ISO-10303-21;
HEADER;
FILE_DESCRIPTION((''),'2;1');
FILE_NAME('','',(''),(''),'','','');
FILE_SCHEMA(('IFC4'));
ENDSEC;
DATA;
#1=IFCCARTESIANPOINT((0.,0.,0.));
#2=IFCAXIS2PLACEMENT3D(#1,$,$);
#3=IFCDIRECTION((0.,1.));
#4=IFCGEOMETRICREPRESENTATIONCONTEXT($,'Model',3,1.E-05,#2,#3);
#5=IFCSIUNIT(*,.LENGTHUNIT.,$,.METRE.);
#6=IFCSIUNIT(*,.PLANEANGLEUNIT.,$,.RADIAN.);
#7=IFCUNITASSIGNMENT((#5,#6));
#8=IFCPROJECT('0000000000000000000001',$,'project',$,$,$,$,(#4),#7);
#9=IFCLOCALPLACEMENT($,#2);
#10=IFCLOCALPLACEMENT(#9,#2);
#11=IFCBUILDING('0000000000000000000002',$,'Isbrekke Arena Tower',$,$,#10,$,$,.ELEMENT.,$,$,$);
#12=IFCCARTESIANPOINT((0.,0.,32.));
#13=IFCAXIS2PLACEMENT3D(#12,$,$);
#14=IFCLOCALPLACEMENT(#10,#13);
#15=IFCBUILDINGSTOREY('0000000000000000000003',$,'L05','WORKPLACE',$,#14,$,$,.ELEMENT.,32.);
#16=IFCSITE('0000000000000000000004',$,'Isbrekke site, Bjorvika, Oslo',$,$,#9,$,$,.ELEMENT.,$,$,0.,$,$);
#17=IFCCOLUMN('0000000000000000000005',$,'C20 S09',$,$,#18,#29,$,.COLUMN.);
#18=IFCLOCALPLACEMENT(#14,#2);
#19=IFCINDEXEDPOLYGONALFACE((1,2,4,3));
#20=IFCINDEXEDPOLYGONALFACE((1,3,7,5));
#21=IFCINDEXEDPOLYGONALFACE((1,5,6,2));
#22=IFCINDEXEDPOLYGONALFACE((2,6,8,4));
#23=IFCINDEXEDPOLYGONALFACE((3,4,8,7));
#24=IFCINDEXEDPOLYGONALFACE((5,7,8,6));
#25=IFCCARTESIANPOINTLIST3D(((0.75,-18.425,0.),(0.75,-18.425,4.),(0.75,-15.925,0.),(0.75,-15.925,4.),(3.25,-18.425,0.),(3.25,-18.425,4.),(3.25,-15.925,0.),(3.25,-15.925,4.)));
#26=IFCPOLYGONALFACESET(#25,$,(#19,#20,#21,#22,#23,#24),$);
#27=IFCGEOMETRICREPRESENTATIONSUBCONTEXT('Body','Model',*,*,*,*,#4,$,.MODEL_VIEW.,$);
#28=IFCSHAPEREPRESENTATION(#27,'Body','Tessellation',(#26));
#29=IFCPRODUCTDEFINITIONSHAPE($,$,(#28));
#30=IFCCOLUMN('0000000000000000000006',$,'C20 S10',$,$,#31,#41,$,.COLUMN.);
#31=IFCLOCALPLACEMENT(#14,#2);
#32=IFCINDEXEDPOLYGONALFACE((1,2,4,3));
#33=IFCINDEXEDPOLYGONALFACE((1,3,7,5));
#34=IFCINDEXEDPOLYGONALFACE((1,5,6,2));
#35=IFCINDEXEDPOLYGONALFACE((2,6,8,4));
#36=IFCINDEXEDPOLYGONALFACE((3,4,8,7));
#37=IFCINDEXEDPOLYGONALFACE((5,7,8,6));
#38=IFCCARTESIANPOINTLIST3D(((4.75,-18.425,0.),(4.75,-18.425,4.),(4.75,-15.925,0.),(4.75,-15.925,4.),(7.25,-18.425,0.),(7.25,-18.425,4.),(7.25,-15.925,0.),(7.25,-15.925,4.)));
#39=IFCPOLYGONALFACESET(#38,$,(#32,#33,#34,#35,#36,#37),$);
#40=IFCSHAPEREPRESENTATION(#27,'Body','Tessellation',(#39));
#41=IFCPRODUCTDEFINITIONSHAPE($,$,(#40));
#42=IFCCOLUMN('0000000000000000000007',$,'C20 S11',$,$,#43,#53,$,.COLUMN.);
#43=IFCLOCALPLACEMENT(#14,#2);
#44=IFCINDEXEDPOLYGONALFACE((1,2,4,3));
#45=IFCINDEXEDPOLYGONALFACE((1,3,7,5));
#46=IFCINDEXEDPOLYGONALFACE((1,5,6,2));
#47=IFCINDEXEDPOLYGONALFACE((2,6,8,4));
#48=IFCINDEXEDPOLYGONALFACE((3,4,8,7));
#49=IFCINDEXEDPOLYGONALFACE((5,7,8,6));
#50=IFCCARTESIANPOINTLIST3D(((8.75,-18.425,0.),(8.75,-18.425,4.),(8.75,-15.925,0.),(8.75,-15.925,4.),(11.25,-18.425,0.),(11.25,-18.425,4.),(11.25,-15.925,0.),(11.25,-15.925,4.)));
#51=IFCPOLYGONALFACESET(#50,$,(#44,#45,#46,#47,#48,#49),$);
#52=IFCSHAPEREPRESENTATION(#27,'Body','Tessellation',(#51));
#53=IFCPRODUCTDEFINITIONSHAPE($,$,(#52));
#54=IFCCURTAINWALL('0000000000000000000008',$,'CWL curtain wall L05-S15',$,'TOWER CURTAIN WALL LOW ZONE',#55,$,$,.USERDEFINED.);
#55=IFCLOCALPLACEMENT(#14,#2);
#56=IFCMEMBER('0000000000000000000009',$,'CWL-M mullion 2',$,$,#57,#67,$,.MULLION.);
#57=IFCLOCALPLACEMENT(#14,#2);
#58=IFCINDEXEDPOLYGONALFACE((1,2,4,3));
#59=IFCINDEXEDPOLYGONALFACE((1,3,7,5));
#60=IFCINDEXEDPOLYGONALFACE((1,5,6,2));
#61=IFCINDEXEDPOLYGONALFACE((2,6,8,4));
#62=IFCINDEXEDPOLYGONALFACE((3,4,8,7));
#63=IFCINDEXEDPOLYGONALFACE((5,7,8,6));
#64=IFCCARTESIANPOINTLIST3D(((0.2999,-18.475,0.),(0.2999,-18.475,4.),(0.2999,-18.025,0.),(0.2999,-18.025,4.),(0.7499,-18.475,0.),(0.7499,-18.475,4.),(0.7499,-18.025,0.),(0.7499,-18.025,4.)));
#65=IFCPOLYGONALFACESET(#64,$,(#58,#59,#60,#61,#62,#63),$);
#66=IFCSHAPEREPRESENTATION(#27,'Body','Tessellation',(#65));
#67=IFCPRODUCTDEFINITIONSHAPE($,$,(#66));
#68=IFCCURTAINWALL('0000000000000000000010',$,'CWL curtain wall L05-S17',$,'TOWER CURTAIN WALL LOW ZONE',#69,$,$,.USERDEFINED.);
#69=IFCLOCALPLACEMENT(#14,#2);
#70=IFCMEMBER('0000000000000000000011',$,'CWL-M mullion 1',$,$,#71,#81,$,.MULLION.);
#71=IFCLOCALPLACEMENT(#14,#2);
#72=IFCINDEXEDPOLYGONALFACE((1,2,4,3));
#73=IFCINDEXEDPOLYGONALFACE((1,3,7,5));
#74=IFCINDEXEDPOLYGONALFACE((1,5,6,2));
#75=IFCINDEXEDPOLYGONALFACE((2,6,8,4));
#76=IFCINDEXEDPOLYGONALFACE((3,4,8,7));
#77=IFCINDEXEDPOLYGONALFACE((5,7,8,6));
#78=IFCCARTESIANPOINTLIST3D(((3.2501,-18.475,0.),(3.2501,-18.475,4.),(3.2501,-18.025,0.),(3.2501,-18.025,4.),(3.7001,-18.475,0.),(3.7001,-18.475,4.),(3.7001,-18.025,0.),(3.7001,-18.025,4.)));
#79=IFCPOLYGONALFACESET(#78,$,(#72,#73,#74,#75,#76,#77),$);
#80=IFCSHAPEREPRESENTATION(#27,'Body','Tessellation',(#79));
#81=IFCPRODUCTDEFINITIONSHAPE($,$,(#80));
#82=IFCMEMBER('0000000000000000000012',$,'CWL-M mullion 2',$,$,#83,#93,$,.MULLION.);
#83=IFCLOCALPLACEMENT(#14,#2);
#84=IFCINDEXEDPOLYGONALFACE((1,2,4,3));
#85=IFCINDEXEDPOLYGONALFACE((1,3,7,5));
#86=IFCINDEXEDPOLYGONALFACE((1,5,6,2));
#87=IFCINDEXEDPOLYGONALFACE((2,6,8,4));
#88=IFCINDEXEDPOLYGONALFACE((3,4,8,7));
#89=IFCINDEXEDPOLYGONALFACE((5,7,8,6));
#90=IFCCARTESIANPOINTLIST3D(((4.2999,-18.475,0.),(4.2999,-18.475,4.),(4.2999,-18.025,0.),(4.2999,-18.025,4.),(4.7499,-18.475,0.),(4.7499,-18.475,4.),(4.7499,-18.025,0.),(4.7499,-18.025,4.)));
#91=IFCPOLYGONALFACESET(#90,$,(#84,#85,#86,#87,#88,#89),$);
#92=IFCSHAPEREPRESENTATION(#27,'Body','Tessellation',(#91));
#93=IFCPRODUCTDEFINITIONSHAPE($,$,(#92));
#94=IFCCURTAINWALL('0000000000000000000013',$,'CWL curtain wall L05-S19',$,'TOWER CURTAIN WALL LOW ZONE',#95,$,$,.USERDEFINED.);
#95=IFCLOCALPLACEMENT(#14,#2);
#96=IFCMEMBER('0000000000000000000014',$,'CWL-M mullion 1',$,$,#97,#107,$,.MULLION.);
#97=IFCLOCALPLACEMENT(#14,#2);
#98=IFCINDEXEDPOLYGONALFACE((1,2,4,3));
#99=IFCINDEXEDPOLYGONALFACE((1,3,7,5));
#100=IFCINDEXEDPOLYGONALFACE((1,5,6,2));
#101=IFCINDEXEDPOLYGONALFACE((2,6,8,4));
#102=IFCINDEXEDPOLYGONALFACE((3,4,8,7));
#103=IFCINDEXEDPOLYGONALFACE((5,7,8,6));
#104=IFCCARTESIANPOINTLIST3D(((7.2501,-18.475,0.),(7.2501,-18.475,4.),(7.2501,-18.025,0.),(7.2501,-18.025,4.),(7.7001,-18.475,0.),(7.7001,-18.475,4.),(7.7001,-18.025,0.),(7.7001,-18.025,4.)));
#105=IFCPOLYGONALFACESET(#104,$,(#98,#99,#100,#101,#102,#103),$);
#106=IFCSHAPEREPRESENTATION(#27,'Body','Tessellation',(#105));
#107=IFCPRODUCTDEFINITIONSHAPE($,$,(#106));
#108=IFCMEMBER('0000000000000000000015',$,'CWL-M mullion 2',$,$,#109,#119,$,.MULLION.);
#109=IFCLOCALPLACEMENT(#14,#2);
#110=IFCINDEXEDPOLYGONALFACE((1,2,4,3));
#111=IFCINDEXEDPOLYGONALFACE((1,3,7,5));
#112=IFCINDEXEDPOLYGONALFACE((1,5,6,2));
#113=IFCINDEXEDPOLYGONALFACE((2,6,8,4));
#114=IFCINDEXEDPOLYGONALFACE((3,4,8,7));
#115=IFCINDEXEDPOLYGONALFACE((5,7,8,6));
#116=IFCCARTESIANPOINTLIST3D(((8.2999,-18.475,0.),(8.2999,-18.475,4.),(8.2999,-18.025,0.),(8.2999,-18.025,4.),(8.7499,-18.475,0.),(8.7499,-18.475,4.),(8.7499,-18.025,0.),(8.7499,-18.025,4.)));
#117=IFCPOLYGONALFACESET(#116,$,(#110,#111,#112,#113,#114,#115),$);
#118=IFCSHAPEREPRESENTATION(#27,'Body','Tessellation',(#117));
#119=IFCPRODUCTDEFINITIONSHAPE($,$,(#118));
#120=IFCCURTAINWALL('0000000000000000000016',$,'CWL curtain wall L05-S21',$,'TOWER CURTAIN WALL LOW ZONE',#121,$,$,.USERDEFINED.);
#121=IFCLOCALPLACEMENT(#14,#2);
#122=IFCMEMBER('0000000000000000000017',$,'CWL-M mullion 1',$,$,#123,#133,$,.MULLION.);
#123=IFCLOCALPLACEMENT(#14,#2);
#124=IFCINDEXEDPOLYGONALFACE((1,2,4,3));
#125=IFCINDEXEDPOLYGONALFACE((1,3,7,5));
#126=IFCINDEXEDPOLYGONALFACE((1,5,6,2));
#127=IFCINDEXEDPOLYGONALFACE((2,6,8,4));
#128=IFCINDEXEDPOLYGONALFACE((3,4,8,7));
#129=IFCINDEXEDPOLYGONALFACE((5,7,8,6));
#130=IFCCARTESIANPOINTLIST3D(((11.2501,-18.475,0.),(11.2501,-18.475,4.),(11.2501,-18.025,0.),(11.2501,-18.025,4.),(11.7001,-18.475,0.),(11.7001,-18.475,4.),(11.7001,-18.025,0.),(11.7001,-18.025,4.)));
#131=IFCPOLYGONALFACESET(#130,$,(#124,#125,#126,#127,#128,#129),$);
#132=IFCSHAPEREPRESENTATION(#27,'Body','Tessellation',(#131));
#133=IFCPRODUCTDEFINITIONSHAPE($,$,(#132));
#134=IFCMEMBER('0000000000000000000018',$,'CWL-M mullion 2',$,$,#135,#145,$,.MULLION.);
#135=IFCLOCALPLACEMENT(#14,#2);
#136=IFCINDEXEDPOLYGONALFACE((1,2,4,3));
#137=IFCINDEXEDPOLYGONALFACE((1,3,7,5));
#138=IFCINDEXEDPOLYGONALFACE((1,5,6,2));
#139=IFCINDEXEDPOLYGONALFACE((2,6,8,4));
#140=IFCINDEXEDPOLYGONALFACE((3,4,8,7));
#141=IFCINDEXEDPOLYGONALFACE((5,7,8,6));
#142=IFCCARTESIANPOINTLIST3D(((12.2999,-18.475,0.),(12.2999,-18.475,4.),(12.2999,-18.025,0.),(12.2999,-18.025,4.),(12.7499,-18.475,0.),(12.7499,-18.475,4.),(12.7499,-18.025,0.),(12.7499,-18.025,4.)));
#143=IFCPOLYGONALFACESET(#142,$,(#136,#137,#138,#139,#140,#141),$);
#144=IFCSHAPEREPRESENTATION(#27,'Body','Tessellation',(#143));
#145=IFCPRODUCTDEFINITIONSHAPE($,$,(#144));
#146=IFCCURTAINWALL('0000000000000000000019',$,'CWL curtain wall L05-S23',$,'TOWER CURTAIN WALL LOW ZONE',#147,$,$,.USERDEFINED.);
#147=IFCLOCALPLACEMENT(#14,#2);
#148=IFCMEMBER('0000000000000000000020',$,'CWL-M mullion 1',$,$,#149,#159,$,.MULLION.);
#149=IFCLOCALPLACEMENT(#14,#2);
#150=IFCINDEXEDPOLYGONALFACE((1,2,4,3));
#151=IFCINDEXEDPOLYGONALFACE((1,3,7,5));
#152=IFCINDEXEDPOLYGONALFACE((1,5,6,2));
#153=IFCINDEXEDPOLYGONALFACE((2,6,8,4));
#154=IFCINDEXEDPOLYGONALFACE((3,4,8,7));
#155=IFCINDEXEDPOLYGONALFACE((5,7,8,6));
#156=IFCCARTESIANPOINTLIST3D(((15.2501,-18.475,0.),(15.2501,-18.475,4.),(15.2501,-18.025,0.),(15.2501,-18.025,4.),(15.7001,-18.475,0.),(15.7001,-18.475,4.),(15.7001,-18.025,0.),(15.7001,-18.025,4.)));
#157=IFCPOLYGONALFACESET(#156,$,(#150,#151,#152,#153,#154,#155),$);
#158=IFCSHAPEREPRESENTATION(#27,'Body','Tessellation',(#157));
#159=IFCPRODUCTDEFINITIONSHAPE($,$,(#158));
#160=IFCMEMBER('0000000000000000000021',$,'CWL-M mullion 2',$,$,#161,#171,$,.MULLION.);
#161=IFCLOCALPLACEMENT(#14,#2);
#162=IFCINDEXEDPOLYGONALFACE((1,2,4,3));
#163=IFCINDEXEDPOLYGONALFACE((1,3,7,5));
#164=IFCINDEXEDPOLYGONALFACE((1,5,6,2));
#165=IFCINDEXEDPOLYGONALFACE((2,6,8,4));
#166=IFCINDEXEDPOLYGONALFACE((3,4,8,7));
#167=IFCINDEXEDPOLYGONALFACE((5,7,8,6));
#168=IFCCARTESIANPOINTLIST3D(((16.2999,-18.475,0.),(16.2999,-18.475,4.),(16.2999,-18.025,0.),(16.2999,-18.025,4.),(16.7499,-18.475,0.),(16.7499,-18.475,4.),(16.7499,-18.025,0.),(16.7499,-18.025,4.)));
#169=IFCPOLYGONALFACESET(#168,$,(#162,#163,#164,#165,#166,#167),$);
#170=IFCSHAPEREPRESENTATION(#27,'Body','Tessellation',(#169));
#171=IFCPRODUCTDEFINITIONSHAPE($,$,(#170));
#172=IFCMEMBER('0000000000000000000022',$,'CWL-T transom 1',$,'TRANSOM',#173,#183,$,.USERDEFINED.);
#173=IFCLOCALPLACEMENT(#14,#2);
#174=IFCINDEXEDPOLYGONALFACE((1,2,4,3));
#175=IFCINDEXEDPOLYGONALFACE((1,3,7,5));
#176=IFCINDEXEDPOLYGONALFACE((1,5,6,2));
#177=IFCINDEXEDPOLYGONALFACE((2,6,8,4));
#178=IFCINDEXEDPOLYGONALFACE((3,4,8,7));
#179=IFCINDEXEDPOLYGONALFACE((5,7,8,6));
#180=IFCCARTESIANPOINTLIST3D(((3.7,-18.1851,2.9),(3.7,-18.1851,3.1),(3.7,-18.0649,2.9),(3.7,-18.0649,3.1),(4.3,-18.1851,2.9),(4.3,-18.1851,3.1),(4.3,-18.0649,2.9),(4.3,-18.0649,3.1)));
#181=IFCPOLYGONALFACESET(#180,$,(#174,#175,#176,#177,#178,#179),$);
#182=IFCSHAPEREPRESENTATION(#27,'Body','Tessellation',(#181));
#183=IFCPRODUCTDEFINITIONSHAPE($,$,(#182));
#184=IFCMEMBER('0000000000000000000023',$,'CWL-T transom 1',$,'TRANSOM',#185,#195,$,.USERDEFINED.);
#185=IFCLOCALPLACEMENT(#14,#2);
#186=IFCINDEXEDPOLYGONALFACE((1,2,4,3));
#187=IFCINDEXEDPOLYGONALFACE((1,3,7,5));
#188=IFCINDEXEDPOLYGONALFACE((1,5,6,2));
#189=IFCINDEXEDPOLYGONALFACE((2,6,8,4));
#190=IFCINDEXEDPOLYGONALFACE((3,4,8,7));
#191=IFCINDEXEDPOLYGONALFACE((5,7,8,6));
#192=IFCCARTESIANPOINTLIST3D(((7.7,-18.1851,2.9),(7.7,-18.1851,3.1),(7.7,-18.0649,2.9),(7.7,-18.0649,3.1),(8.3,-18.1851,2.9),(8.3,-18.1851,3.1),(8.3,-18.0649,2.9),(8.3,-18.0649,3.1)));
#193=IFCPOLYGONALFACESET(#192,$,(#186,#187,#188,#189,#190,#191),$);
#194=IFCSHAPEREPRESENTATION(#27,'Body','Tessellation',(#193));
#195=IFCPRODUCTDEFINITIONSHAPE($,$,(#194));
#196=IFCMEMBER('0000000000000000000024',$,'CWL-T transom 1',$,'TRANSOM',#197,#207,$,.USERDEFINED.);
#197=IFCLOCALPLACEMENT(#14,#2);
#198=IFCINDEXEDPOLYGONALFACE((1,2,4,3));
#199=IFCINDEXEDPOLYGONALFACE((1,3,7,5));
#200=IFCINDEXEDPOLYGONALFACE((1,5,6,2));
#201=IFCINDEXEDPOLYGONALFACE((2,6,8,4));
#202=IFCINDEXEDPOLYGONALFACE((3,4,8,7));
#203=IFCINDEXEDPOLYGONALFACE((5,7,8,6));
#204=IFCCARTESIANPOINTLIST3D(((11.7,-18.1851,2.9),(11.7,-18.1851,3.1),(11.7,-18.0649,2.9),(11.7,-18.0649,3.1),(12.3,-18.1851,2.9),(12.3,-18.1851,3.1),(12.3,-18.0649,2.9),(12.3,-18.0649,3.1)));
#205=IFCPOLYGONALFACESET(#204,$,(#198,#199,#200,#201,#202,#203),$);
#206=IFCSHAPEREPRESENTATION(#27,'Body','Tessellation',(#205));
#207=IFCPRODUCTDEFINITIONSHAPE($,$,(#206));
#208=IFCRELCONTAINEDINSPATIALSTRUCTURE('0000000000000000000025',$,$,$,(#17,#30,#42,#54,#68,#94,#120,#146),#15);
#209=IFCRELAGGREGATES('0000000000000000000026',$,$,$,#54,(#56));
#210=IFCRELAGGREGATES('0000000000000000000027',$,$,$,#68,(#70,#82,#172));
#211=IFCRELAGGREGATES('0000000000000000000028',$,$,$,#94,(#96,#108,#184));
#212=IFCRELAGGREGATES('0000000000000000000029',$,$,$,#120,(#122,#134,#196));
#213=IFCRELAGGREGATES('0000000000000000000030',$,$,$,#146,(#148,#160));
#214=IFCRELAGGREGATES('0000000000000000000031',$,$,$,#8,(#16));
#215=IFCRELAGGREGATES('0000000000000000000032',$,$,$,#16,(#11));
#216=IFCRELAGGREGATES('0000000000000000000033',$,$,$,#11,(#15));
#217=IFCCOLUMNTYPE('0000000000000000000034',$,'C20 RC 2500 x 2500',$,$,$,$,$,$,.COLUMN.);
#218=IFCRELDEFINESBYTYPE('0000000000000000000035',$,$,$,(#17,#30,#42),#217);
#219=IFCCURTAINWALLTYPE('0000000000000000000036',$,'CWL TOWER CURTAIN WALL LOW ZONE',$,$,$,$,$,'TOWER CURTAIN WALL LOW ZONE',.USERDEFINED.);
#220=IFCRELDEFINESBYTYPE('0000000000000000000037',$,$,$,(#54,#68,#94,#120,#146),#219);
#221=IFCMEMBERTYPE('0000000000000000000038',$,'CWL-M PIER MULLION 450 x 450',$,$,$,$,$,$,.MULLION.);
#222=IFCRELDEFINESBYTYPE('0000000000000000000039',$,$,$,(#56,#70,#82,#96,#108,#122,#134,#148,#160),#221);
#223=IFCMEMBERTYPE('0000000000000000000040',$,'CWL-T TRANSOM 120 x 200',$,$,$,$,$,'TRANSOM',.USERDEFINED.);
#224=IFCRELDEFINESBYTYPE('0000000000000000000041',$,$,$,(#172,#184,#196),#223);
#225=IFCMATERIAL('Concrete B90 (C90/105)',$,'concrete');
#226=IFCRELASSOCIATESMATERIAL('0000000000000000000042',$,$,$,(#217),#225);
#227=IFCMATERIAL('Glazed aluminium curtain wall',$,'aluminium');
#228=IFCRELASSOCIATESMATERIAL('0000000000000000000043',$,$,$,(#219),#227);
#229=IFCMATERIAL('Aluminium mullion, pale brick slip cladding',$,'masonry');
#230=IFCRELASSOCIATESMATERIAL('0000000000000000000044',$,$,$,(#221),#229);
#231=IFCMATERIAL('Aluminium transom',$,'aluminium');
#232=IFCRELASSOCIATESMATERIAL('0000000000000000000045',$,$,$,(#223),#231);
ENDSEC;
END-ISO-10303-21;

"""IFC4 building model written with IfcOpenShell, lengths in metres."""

from ifc_helpers import new_model, si_unit, direction, frame, origin, origin_2d, place, context, subcontext, project, spatial, rectangle, extrude, material, material_profile, profile_set, type_object, element, aggregate, save


model = new_model("IFC4")

# Units and contexts
model_context = context("Model", 3, precision=1e-05, world=origin(), true_north=direction((0.0, 1.0)))
body_context = subcontext(model_context, "Body", "Model", "MODEL_VIEW")
ifc_project = project(units=[si_unit("LENGTHUNIT", "METRE"), si_unit("PLANEANGLEUNIT", "RADIAN")], contexts=[model_context])

# Site, building, storey
site_placement = place(None, origin())
site = spatial("IfcSite", under=ifc_project, at=site_placement, Name="Isbrekke site, Bjorvika, Oslo", CompositionType="ELEMENT", RefElevation=0.0)
building_placement = place(site_placement, origin())
building = spatial("IfcBuilding", under=site, at=building_placement, Name="Isbrekke Arena Tower", CompositionType="ELEMENT")
storey_placement = place(building_placement, frame((0.0, 0.0, 32.0)))
storey = spatial("IfcBuildingStorey", under=building, at=storey_placement, Name="L05", Description="WORKPLACE", CompositionType="ELEMENT", Elevation=32.0)

# Columns
ifc_material_1 = material(Name="Concrete B90 (C90/105)", Category="concrete")
ifc_material_profile_1 = material_profile(ifc_material_1, rectangle(XDim=2.5, YDim=2.5, at=origin_2d()), Name="RC 2500x2500")
ifc_profile_set_1 = profile_set([ifc_material_profile_1], Name="Concrete B90 (C90/105)")
column_type = type_object("IfcColumnType", Name="C20 RC 2500 x 2500", PredefinedType="COLUMN", material=ifc_profile_set_1)
for number, where, z_axis, x_axis, name in (
    (1, (2.0, -17.175, 0.0), (0.0, 0.0, 1.0), (1.0, 0.0, 0.0), "C20 S09"),
    (2, (6.0, -17.175, 0.0), (0.0, 0.0, 1.0), (1.0, 0.0, 0.0), "C20 S10"),
    (3, (10.0, -17.175, 0.0), (0.0, 0.0, 1.0), (1.0, 0.0, 0.0), "C20 S11"),
):
    element("IfcColumn", number, at=place(storey_placement, frame(where, z_axis=z_axis, x_axis=x_axis)), inside=storey, type_object=column_type, Name=name, PredefinedType="COLUMN", context=body_context, shape_type="SweptSolid", body=[
        extrude(rectangle(XDim=2.5, YDim=2.5, at=origin_2d()), origin(), (0.0, 0.0, 1.0), 4.0),
    ])

# Curtain wall, member
ifc_material_2 = material(Name="Glazed aluminium curtain wall", Category="aluminium")
curtain_wall_type = type_object("IfcCurtainWallType", Name="CWL TOWER CURTAIN WALL LOW ZONE", ElementType="TOWER CURTAIN WALL LOW ZONE", PredefinedType="USERDEFINED", material=ifc_material_2)
curtain_wall_1_placement = place(storey_placement, origin())
curtain_wall_1 = element("IfcCurtainWall", 4, at=curtain_wall_1_placement, inside=storey, type_object=curtain_wall_type, Name="CWL curtain wall L05-S15", ObjectType="TOWER CURTAIN WALL LOW ZONE", PredefinedType="USERDEFINED")
ifc_material_3 = material(Name="Aluminium mullion, pale brick slip cladding", Category="masonry")
ifc_material_profile_2 = material_profile(ifc_material_3, rectangle(XDim=0.45, YDim=0.45, at=origin_2d()), Name="PIER 450X450")
ifc_profile_set_2 = profile_set([ifc_material_profile_2], Name="Aluminium mullion, pale brick slip cladding")
member_type_1 = type_object("IfcMemberType", Name="CWL-M PIER MULLION 450 x 450", PredefinedType="MULLION", material=ifc_profile_set_2)
member_1_placement = place(storey_placement, frame((0.5249, -18.25, 0.0), z_axis=(0.0, 0.0, 1.0), x_axis=(1.0, 0.0, 0.0)))
member_1 = element("IfcMember", 5, at=member_1_placement, type_object=member_type_1, Name="CWL-M mullion 2", PredefinedType="MULLION", context=body_context, shape_type="SweptSolid", body=[
    extrude(rectangle(XDim=0.45, YDim=0.45, at=origin_2d()), origin(), (0.0, 0.0, 1.0), 4.0),
])

# Curtain walls, members
curtain_wall_2_placement = place(storey_placement, origin())
curtain_wall_2 = element("IfcCurtainWall", 6, at=curtain_wall_2_placement, inside=storey, type_object=curtain_wall_type, Name="CWL curtain wall L05-S17", ObjectType="TOWER CURTAIN WALL LOW ZONE", PredefinedType="USERDEFINED")
member_2_placement = place(storey_placement, frame((3.4751, -18.25, 0.0), z_axis=(0.0, 0.0, 1.0), x_axis=(1.0, 0.0, 0.0)))
member_2 = element("IfcMember", 7, at=member_2_placement, type_object=member_type_1, Name="CWL-M mullion 1", PredefinedType="MULLION", context=body_context, shape_type="SweptSolid", body=[
    extrude(rectangle(XDim=0.45, YDim=0.45, at=origin_2d()), origin(), (0.0, 0.0, 1.0), 4.0),
])
member_3_placement = place(storey_placement, frame((4.5249, -18.25, 0.0), z_axis=(0.0, 0.0, 1.0), x_axis=(1.0, 0.0, 0.0)))
member_3 = element("IfcMember", 8, at=member_3_placement, type_object=member_type_1, Name="CWL-M mullion 2", PredefinedType="MULLION", context=body_context, shape_type="SweptSolid", body=[
    extrude(rectangle(XDim=0.45, YDim=0.45, at=origin_2d()), origin(), (0.0, 0.0, 1.0), 4.0),
])
curtain_wall_3_placement = place(storey_placement, origin())
curtain_wall_3 = element("IfcCurtainWall", 9, at=curtain_wall_3_placement, inside=storey, type_object=curtain_wall_type, Name="CWL curtain wall L05-S19", ObjectType="TOWER CURTAIN WALL LOW ZONE", PredefinedType="USERDEFINED")
member_4_placement = place(storey_placement, frame((7.4751, -18.25, 0.0), z_axis=(0.0, 0.0, 1.0), x_axis=(1.0, 0.0, 0.0)))
member_4 = element("IfcMember", 10, at=member_4_placement, type_object=member_type_1, Name="CWL-M mullion 1", PredefinedType="MULLION", context=body_context, shape_type="SweptSolid", body=[
    extrude(rectangle(XDim=0.45, YDim=0.45, at=origin_2d()), origin(), (0.0, 0.0, 1.0), 4.0),
])
member_5_placement = place(storey_placement, frame((8.5249, -18.25, 0.0), z_axis=(0.0, 0.0, 1.0), x_axis=(1.0, 0.0, 0.0)))
member_5 = element("IfcMember", 11, at=member_5_placement, type_object=member_type_1, Name="CWL-M mullion 2", PredefinedType="MULLION", context=body_context, shape_type="SweptSolid", body=[
    extrude(rectangle(XDim=0.45, YDim=0.45, at=origin_2d()), origin(), (0.0, 0.0, 1.0), 4.0),
])
curtain_wall_4_placement = place(storey_placement, origin())
curtain_wall_4 = element("IfcCurtainWall", 12, at=curtain_wall_4_placement, inside=storey, type_object=curtain_wall_type, Name="CWL curtain wall L05-S21", ObjectType="TOWER CURTAIN WALL LOW ZONE", PredefinedType="USERDEFINED")
member_6_placement = place(storey_placement, frame((11.4751, -18.25, 0.0), z_axis=(0.0, 0.0, 1.0), x_axis=(1.0, 0.0, 0.0)))
member_6 = element("IfcMember", 13, at=member_6_placement, type_object=member_type_1, Name="CWL-M mullion 1", PredefinedType="MULLION", context=body_context, shape_type="SweptSolid", body=[
    extrude(rectangle(XDim=0.45, YDim=0.45, at=origin_2d()), origin(), (0.0, 0.0, 1.0), 4.0),
])
member_7_placement = place(storey_placement, frame((12.5249, -18.25, 0.0), z_axis=(0.0, 0.0, 1.0), x_axis=(1.0, 0.0, 0.0)))
member_7 = element("IfcMember", 14, at=member_7_placement, type_object=member_type_1, Name="CWL-M mullion 2", PredefinedType="MULLION", context=body_context, shape_type="SweptSolid", body=[
    extrude(rectangle(XDim=0.45, YDim=0.45, at=origin_2d()), origin(), (0.0, 0.0, 1.0), 4.0),
])
curtain_wall_5_placement = place(storey_placement, origin())
curtain_wall_5 = element("IfcCurtainWall", 15, at=curtain_wall_5_placement, inside=storey, type_object=curtain_wall_type, Name="CWL curtain wall L05-S23", ObjectType="TOWER CURTAIN WALL LOW ZONE", PredefinedType="USERDEFINED")
member_8_placement = place(storey_placement, frame((15.4751, -18.25, 0.0), z_axis=(0.0, 0.0, 1.0), x_axis=(1.0, 0.0, 0.0)))
member_8 = element("IfcMember", 16, at=member_8_placement, type_object=member_type_1, Name="CWL-M mullion 1", PredefinedType="MULLION", context=body_context, shape_type="SweptSolid", body=[
    extrude(rectangle(XDim=0.45, YDim=0.45, at=origin_2d()), origin(), (0.0, 0.0, 1.0), 4.0),
])
member_9_placement = place(storey_placement, frame((16.5249, -18.25, 0.0), z_axis=(0.0, 0.0, 1.0), x_axis=(1.0, 0.0, 0.0)))
member_9 = element("IfcMember", 17, at=member_9_placement, type_object=member_type_1, Name="CWL-M mullion 2", PredefinedType="MULLION", context=body_context, shape_type="SweptSolid", body=[
    extrude(rectangle(XDim=0.45, YDim=0.45, at=origin_2d()), origin(), (0.0, 0.0, 1.0), 4.0),
])

# Members
ifc_material_4 = material(Name="Aluminium transom", Category="aluminium")
ifc_material_profile_3 = material_profile(ifc_material_4, rectangle(XDim=0.1201, YDim=0.2, at=origin_2d()), Name="TRANSOM 120X200")
ifc_profile_set_3 = profile_set([ifc_material_profile_3], Name="Aluminium transom")
member_type_2 = type_object("IfcMemberType", Name="CWL-T TRANSOM 120 x 200", ElementType="TRANSOM", PredefinedType="USERDEFINED", material=ifc_profile_set_3)
member_10_placement = place(storey_placement, frame((3.7, -18.125, 3.0), z_axis=(1.0, 0.0, 0.0), x_axis=(0.0, 1.0, 0.0)))
member_10 = element("IfcMember", 18, at=member_10_placement, type_object=member_type_2, Name="CWL-T transom 1", ObjectType="TRANSOM", PredefinedType="USERDEFINED", context=body_context, shape_type="SweptSolid", body=[
    extrude(rectangle(XDim=0.1201, YDim=0.2, at=origin_2d()), origin(), (0.0, 0.0, 1.0), 0.6001),
])
member_11_placement = place(storey_placement, frame((7.7, -18.125, 3.0), z_axis=(1.0, 0.0, 0.0), x_axis=(0.0, 1.0, 0.0)))
member_11 = element("IfcMember", 19, at=member_11_placement, type_object=member_type_2, Name="CWL-T transom 1", ObjectType="TRANSOM", PredefinedType="USERDEFINED", context=body_context, shape_type="SweptSolid", body=[
    extrude(rectangle(XDim=0.1201, YDim=0.2, at=origin_2d()), origin(), (0.0, 0.0, 1.0), 0.6001),
])
member_12_placement = place(storey_placement, frame((11.7, -18.125, 3.0), z_axis=(1.0, 0.0, 0.0), x_axis=(0.0, 1.0, 0.0)))
member_12 = element("IfcMember", 20, at=member_12_placement, type_object=member_type_2, Name="CWL-T transom 1", ObjectType="TRANSOM", PredefinedType="USERDEFINED", context=body_context, shape_type="SweptSolid", body=[
    extrude(rectangle(XDim=0.1201, YDim=0.2, at=origin_2d()), origin(), (0.0, 0.0, 1.0), 0.6001),
])

aggregate(curtain_wall_1, [member_1])
aggregate(curtain_wall_2, [member_2, member_3, member_10])
aggregate(curtain_wall_3, [member_4, member_5, member_11])
aggregate(curtain_wall_4, [member_6, member_7, member_12])
aggregate(curtain_wall_5, [member_8, member_9])

save(model, "model.ifc")
